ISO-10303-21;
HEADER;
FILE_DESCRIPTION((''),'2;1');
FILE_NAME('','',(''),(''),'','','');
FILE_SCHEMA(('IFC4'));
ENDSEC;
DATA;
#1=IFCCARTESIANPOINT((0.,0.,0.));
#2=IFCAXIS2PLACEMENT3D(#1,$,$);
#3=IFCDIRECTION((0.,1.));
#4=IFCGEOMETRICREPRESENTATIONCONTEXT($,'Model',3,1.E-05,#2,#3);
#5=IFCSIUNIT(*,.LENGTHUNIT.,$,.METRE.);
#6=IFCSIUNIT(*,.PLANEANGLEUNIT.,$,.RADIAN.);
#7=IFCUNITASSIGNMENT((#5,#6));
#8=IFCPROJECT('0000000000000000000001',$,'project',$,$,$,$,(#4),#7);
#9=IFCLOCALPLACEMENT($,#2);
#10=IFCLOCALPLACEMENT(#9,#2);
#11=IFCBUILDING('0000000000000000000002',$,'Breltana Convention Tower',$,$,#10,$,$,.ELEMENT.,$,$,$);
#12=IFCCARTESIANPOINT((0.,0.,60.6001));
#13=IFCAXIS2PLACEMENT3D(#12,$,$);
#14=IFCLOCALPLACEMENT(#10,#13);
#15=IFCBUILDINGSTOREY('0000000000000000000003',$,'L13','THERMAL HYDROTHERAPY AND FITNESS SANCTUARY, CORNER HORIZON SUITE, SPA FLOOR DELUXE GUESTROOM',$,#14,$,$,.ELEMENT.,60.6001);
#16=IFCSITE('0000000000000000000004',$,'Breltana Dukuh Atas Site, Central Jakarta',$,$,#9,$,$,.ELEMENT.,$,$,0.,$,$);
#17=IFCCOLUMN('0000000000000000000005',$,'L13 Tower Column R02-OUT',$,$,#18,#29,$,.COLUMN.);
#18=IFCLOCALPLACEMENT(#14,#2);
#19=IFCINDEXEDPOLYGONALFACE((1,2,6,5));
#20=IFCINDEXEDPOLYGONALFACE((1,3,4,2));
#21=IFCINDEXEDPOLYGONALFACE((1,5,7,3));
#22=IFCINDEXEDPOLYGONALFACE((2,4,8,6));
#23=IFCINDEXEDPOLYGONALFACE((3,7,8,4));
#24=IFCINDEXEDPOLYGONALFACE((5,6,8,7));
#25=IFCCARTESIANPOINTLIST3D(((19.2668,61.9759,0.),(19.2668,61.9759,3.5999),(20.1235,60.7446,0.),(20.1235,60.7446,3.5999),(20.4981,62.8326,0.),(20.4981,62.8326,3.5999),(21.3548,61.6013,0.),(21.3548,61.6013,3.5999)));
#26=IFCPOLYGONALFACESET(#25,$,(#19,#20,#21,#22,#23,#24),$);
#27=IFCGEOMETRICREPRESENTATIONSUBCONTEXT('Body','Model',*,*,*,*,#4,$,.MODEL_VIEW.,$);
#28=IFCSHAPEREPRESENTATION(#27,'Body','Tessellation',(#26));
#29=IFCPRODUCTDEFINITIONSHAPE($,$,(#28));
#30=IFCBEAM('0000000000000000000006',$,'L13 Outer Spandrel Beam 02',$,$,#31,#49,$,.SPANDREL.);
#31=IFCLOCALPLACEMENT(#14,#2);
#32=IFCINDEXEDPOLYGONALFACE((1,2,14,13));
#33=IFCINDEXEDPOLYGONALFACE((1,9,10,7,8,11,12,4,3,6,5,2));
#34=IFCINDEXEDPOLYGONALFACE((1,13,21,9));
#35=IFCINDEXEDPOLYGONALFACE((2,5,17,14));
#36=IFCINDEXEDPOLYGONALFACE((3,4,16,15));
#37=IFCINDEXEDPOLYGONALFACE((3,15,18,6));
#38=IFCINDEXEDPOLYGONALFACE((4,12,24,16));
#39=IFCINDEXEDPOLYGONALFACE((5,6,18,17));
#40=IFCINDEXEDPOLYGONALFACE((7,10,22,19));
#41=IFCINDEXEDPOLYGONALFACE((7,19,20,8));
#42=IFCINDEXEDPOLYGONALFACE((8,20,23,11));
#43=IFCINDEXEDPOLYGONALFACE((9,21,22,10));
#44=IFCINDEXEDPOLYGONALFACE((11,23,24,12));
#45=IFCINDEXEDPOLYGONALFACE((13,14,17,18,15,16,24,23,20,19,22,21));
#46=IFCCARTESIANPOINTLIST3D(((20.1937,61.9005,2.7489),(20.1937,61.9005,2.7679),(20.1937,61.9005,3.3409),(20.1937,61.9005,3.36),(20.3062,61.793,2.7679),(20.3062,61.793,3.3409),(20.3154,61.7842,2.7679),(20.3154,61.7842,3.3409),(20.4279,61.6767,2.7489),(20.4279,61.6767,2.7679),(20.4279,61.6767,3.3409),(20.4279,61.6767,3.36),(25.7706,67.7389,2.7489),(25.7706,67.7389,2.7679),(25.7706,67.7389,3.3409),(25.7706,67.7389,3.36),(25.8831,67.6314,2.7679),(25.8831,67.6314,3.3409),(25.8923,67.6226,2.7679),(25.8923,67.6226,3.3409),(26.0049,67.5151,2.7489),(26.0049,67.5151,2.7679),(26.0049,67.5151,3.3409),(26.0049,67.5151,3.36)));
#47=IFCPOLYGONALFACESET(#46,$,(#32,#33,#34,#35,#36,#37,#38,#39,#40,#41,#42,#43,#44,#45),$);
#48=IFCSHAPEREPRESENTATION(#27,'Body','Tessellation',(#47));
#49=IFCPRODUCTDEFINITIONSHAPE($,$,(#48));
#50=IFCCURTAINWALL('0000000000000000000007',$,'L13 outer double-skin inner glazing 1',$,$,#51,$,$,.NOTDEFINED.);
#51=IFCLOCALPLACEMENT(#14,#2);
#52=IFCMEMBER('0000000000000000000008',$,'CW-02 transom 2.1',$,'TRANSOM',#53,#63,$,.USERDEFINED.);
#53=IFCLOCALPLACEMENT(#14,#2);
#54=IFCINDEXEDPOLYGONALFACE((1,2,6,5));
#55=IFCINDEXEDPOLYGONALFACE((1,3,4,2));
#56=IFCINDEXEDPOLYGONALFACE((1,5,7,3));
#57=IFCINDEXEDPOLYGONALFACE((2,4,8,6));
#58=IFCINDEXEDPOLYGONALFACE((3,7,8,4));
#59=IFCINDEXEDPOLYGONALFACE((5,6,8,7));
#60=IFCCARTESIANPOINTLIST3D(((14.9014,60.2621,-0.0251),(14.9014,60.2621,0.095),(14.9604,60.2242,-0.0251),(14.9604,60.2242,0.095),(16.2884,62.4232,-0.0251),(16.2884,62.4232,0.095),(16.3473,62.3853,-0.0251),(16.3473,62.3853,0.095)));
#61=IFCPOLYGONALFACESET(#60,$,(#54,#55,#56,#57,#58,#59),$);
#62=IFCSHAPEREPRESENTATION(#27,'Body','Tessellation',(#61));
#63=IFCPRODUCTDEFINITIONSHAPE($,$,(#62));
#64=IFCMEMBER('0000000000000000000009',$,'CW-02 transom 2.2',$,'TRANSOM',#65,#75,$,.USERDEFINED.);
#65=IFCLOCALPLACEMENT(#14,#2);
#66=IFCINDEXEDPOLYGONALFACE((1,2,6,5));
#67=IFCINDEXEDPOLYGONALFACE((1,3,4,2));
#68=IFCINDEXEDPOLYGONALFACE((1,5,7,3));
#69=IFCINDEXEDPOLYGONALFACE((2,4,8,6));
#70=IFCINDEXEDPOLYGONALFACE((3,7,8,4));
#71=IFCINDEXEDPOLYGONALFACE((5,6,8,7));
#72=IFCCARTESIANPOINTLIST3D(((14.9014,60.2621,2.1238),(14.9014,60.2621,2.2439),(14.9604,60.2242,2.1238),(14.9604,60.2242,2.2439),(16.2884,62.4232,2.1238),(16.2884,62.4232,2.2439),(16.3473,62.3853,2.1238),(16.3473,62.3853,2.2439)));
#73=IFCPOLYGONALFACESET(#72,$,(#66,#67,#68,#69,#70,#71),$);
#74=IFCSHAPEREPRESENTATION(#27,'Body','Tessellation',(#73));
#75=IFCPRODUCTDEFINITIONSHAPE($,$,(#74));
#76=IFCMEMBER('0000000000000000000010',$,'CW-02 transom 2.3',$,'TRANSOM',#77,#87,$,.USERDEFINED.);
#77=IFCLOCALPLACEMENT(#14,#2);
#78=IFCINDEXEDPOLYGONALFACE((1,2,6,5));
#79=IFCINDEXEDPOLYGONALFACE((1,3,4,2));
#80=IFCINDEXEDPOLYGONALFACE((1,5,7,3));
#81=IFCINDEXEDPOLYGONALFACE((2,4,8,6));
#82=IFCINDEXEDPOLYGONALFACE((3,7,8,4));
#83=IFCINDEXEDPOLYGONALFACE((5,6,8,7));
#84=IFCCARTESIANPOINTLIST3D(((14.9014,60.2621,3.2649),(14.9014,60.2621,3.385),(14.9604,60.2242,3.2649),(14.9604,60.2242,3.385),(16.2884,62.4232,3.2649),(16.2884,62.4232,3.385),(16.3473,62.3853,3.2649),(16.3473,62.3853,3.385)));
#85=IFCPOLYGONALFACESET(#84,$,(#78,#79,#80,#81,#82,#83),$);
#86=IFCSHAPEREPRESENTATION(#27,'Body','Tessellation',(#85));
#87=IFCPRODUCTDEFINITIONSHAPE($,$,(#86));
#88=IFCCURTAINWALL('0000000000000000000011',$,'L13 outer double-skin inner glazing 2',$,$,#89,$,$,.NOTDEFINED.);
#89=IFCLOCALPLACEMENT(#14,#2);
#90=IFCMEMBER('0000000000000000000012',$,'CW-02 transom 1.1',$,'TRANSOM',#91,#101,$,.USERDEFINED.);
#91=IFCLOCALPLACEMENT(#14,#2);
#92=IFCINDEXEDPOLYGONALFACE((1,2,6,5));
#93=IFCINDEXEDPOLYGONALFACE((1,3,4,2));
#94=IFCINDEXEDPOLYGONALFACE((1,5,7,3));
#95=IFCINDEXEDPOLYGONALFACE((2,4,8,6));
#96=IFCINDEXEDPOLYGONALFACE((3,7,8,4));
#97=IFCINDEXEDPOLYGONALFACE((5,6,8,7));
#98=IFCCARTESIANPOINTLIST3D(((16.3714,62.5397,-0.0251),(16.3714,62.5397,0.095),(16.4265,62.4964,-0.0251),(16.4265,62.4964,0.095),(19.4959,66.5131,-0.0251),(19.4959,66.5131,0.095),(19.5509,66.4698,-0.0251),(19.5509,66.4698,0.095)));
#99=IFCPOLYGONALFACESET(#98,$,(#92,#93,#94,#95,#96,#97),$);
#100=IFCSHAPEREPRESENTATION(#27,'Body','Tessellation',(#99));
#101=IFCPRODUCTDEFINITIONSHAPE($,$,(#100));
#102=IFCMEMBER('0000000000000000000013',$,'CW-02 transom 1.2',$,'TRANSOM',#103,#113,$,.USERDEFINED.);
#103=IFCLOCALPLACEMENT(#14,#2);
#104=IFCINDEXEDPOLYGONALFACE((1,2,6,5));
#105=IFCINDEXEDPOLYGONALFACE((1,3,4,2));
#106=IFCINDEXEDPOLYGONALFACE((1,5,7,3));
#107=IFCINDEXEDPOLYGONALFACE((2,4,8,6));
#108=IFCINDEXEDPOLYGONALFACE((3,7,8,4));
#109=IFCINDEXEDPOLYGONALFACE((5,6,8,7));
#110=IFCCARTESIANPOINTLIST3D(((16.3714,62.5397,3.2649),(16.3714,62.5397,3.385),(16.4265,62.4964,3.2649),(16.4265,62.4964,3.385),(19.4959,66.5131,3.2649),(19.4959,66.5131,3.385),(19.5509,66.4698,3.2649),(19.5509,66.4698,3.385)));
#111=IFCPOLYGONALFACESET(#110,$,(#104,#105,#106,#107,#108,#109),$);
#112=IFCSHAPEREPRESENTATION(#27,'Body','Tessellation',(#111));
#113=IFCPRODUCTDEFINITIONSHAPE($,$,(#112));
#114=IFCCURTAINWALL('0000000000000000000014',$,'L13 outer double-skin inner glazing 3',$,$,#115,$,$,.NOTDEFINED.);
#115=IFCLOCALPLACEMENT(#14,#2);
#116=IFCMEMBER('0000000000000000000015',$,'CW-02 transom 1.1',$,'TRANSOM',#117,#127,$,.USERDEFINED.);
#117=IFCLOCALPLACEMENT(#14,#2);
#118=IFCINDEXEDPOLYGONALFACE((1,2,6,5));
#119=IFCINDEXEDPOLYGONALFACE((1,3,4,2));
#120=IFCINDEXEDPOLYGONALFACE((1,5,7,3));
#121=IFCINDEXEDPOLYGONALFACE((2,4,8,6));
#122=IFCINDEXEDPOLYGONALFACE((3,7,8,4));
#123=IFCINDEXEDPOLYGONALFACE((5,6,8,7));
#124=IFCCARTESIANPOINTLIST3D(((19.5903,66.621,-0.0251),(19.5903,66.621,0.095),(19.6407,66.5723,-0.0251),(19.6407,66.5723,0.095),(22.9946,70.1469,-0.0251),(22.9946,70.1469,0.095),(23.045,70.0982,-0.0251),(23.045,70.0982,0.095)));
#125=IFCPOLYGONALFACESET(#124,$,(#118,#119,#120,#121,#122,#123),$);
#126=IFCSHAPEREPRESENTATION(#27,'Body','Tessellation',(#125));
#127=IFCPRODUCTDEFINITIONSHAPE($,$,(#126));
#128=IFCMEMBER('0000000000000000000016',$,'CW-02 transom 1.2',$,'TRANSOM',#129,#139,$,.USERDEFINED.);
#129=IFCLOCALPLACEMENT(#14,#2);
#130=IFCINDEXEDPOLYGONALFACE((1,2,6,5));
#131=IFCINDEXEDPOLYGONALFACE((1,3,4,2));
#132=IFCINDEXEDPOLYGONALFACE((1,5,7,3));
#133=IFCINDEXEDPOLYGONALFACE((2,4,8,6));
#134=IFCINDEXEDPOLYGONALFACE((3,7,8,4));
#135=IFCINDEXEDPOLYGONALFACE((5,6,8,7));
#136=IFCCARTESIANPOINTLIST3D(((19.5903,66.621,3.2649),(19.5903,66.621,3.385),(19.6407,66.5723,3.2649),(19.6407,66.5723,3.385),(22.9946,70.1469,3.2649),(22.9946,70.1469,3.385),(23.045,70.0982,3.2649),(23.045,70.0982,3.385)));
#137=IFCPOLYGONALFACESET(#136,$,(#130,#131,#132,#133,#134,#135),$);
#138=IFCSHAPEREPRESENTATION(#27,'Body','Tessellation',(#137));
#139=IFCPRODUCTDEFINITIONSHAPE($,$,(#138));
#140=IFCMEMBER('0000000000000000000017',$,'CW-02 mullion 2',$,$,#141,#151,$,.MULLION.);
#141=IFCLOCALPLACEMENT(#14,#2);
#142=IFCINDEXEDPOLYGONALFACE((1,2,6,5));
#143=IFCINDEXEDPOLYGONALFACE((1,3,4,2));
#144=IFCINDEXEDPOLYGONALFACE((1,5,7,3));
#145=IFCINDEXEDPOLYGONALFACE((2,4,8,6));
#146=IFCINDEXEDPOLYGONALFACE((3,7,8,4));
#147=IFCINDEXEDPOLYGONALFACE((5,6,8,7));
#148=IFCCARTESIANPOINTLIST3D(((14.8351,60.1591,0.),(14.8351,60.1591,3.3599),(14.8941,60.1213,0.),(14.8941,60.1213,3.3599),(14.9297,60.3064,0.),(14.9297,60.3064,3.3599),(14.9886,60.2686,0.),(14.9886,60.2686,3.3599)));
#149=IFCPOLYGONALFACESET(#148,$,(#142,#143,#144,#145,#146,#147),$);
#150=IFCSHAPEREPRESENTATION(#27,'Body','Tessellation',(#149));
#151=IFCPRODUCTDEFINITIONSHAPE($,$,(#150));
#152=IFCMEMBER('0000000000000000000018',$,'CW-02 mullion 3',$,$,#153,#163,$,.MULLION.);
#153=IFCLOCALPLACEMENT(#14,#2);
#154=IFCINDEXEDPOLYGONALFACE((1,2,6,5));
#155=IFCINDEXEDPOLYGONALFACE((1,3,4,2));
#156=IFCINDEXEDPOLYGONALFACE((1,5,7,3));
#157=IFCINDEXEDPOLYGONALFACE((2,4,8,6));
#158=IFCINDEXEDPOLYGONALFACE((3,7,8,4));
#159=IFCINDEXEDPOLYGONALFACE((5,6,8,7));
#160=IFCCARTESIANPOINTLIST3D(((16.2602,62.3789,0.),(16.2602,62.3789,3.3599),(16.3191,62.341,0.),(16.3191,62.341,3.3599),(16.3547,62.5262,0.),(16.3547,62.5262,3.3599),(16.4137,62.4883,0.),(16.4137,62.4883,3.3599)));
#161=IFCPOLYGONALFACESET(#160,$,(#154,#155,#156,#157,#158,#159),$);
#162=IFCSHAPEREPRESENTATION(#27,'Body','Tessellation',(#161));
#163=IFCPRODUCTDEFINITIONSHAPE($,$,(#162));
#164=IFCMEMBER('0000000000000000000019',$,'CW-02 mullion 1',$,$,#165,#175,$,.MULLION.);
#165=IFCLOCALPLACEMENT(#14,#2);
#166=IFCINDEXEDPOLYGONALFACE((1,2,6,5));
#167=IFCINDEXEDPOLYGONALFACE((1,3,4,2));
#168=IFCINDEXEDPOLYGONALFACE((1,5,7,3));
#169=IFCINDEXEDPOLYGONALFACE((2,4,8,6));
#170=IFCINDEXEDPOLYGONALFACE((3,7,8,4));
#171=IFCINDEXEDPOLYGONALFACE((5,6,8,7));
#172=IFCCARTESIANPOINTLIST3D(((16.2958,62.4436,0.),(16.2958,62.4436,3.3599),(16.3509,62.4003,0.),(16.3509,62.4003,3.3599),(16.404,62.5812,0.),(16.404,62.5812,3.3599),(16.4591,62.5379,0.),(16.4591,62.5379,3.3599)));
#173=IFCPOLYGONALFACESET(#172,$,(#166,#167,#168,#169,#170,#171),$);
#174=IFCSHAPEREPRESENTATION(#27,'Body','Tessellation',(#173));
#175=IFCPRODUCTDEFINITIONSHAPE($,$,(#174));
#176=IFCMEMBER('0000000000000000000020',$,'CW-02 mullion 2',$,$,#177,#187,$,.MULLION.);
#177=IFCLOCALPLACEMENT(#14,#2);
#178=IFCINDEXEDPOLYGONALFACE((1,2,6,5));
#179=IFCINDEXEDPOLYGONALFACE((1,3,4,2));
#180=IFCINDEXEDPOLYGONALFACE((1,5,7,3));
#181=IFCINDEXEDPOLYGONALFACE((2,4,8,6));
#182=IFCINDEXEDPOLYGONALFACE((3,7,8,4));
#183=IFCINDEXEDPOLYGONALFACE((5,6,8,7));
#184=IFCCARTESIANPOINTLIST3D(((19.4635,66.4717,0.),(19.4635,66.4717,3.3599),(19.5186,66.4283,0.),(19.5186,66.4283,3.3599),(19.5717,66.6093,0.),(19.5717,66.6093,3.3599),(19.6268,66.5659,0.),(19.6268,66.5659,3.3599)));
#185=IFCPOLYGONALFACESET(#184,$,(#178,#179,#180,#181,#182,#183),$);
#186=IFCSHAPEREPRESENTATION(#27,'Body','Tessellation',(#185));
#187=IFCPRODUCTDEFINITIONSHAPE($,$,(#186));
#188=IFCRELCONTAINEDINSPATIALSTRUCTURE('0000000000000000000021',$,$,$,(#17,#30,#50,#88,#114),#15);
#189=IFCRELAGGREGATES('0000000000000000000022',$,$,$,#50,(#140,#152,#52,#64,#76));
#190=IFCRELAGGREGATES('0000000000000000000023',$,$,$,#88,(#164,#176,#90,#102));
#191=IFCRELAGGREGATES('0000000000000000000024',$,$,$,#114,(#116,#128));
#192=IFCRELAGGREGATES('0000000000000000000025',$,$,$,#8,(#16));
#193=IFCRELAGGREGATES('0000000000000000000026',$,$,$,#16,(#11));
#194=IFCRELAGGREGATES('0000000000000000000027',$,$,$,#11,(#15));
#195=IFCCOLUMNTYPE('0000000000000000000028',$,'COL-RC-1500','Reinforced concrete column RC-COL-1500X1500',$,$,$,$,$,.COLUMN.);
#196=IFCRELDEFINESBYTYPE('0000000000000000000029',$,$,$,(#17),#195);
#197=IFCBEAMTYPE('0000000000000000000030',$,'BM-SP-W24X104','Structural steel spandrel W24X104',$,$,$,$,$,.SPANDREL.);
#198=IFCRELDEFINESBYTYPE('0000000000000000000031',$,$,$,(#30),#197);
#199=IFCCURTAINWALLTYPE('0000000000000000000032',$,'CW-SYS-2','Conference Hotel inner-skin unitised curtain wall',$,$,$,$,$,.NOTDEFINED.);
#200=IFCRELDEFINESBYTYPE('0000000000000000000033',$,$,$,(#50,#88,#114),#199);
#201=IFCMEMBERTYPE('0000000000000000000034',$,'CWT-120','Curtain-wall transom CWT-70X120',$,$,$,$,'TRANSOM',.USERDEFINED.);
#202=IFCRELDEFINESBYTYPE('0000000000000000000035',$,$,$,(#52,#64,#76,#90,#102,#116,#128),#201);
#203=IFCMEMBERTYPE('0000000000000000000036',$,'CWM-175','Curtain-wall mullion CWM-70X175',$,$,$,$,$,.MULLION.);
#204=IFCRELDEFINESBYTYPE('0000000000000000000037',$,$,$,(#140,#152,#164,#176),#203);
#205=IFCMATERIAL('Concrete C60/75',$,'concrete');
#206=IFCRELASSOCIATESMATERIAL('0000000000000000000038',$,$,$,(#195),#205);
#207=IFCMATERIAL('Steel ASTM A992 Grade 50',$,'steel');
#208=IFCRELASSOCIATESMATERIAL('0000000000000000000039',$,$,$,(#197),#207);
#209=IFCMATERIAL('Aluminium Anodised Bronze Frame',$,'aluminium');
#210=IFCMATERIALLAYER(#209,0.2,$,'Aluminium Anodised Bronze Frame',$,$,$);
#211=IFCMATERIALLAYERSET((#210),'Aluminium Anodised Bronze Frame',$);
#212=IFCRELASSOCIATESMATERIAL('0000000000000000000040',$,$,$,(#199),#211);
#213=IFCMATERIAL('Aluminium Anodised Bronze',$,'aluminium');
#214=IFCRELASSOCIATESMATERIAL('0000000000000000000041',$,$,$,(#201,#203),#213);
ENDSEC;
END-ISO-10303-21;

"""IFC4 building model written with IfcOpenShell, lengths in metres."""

from ifc_helpers import new_model, si_unit, direction, frame, origin, origin_2d, place, context, subcontext, project, spatial, rectangle, i_section, extrude, source, transform, mapped, material, layer, layer_set, material_profile, profile_set, type_object, type_shapes, element, aggregate, save


model = new_model("IFC4")

# Units and contexts
model_context = context("Model", 3, precision=1e-05, world=origin(), true_north=direction((0.0, 1.0)))
body_context = subcontext(model_context, "Body", "Model", "MODEL_VIEW")
ifc_project = project(units=[si_unit("LENGTHUNIT", "METRE"), si_unit("PLANEANGLEUNIT", "RADIAN")], contexts=[model_context])

# Site, building, storey
site_placement = place(None, origin())
site = spatial("IfcSite", under=ifc_project, at=site_placement, Name="Breltana Dukuh Atas Site, Central Jakarta", CompositionType="ELEMENT", RefElevation=0.0)
building_placement = place(site_placement, origin())
building = spatial("IfcBuilding", under=site, at=building_placement, Name="Breltana Convention Tower", CompositionType="ELEMENT")
storey_placement = place(building_placement, frame((0.0, 0.0, 60.6001)))
storey = spatial("IfcBuildingStorey", under=building, at=storey_placement, Name="L13", Description="THERMAL HYDROTHERAPY AND FITNESS SANCTUARY, CORNER HORIZON SUITE, SPA FLOOR DELUXE GUESTROOM", CompositionType="ELEMENT", Elevation=60.6001)

# Column
ifc_material_1 = material(Name="Concrete C60/75", Category="concrete")
ifc_material_profile_1 = material_profile(ifc_material_1, rectangle(XDim=1.5, YDim=1.5, at=origin_2d()), Name="RC-COL-1500X1500")
ifc_profile_set_1 = profile_set([ifc_material_profile_1], Name="Concrete C60/75")
column_type = type_object("IfcColumnType", Name="COL-RC-1500", Description="Reinforced concrete column RC-COL-1500X1500", PredefinedType="COLUMN", material=ifc_profile_set_1)
shared_shape_1 = source(origin(), body_context, "Body", "SweptSolid", [
    extrude(rectangle(XDim=1.5, YDim=1.5, at=origin_2d()), origin(), (0.0, 0.0, 1.0), 3.5999),
])
column_placement = place(storey_placement, frame((20.3108, 61.7886, 0.0), z_axis=(0.0, 0.0, 1.0), x_axis=(-0.571143, 0.82085, 0.0)))
element("IfcColumn", 1, at=column_placement, inside=storey, type_object=column_type, Name="L13 Tower Column R02-OUT", PredefinedType="COLUMN", context=body_context, shape_type="MappedRepresentation", body=[
    mapped(shared_shape_1, transform((0.0, 0.0, 0.0), scale=1.0)),
])

# Beam
ifc_material_2 = material(Name="Steel ASTM A992 Grade 50", Category="steel")
ifc_material_profile_2 = material_profile(ifc_material_2, i_section(OverallWidth=0.324, OverallDepth=0.6111, WebThickness=0.0127, FlangeThickness=0.019, at=origin_2d()), Name="W24X104")
ifc_profile_set_2 = profile_set([ifc_material_profile_2], Name="Steel ASTM A992 Grade 50")
beam_type = type_object("IfcBeamType", Name="BM-SP-W24X104", Description="Structural steel spandrel W24X104", PredefinedType="SPANDREL", material=ifc_profile_set_2)
shared_shape_2 = source(origin(), body_context, "Body", "SweptSolid", [
    extrude(i_section(OverallWidth=0.324, OverallDepth=0.6111, WebThickness=0.0127, FlangeThickness=0.019, at=origin_2d()), origin(), (0.0, 0.0, 1.0), 8.074),
])
beam_placement = place(storey_placement, frame((20.3108, 61.7886, 3.0544), z_axis=(0.690729, 0.723114, 0.0), x_axis=(-0.723114, 0.690729, 0.0)))
element("IfcBeam", 2, at=beam_placement, inside=storey, type_object=beam_type, Name="L13 Outer Spandrel Beam 02", PredefinedType="SPANDREL", context=body_context, shape_type="MappedRepresentation", body=[
    mapped(shared_shape_2, transform((0.0, 0.0, 0.0), scale=1.0)),
])

# Curtain walls, members
ifc_material_3 = material(Name="Aluminium Anodised Bronze Frame", Category="aluminium")
ifc_layer_1 = layer(ifc_material_3, 0.2, Name="Aluminium Anodised Bronze Frame")
ifc_layer_set_1 = layer_set([ifc_layer_1], Name="Aluminium Anodised Bronze Frame")
curtain_wall_type = type_object("IfcCurtainWallType", Name="CW-SYS-2", Description="Conference Hotel inner-skin unitised curtain wall", PredefinedType="NOTDEFINED", material=ifc_layer_set_1)
curtain_wall_1_placement = place(storey_placement, origin())
curtain_wall_1 = element("IfcCurtainWall", 3, at=curtain_wall_1_placement, inside=storey, type_object=curtain_wall_type, Name="L13 outer double-skin inner glazing 1", PredefinedType="NOTDEFINED")
ifc_material_4 = material(Name="Aluminium Anodised Bronze", Category="aluminium")
ifc_material_profile_3 = material_profile(ifc_material_4, rectangle(XDim=0.0701, YDim=0.1201, at=origin_2d()), Name="CWT-70X120")
ifc_profile_set_3 = profile_set([ifc_material_profile_3], Name="Aluminium Anodised Bronze")
member_type_1 = type_object("IfcMemberType", Name="CWT-120", Description="Curtain-wall transom CWT-70X120", ElementType="TRANSOM", PredefinedType="USERDEFINED", material=ifc_profile_set_3)
shared_shape_3 = source(origin(), body_context, "Body", "SweptSolid", [
    extrude(rectangle(XDim=0.0701, YDim=0.1201, at=origin_2d()), origin(), (0.0, 0.0, 1.0), 2.5679),
])
type_shapes(member_type_1, [shared_shape_3])
member_1_placement = place(storey_placement, frame((14.9309, 60.2432, 0.0349), z_axis=(0.540114, 0.841592, 0.0), x_axis=(-0.841592, 0.540114, 0.0)))
member_1 = element("IfcMember", 4, at=member_1_placement, type_object=member_type_1, Name="CW-02 transom 2.1", ObjectType="TRANSOM", PredefinedType="USERDEFINED", context=body_context, shape_type="MappedRepresentation", body=[
    mapped(shared_shape_3, transform((0.0, 0.0, 0.0), scale=1.0)),
])
member_2_placement = place(storey_placement, frame((14.9309, 60.2432, 2.1838), z_axis=(0.540114, 0.841592, 0.0), x_axis=(-0.841592, 0.540114, 0.0)))
member_2 = element("IfcMember", 5, at=member_2_placement, type_object=member_type_1, Name="CW-02 transom 2.2", ObjectType="TRANSOM", PredefinedType="USERDEFINED", context=body_context, shape_type="MappedRepresentation", body=[
    mapped(shared_shape_3, transform((0.0, 0.0, 0.0), scale=1.0)),
])
member_3_placement = place(storey_placement, frame((14.9309, 60.2432, 3.325), z_axis=(0.540114, 0.841592, 0.0), x_axis=(-0.841592, 0.540114, 0.0)))
member_3 = element("IfcMember", 6, at=member_3_placement, type_object=member_type_1, Name="CW-02 transom 2.3", ObjectType="TRANSOM", PredefinedType="USERDEFINED", context=body_context, shape_type="MappedRepresentation", body=[
    mapped(shared_shape_3, transform((0.0, 0.0, 0.0), scale=1.0)),
])
curtain_wall_2_placement = place(storey_placement, origin())
curtain_wall_2 = element("IfcCurtainWall", 7, at=curtain_wall_2_placement, inside=storey, type_object=curtain_wall_type, Name="L13 outer double-skin inner glazing 2", PredefinedType="NOTDEFINED")
shared_shape_4 = source(origin(), body_context, "Body", "SweptSolid", [
    extrude(rectangle(XDim=0.0701, YDim=0.1201, at=origin_2d()), origin(), (0.0, 0.0, 1.0), 5.0547),
])
member_4_placement = place(storey_placement, frame((16.3989, 62.5181, 0.0349), z_axis=(0.618135, 0.786072, 0.0), x_axis=(-0.786072, 0.618135, 0.0)))
member_4 = element("IfcMember", 8, at=member_4_placement, type_object=member_type_1, Name="CW-02 transom 1.1", ObjectType="TRANSOM", PredefinedType="USERDEFINED", context=body_context, shape_type="MappedRepresentation", body=[
    mapped(shared_shape_4, transform((0.0, 0.0, 0.0), scale=1.0)),
])
member_5_placement = place(storey_placement, frame((16.3989, 62.5181, 3.325), z_axis=(0.618135, 0.786072, 0.0), x_axis=(-0.786072, 0.618135, 0.0)))
member_5 = element("IfcMember", 9, at=member_5_placement, type_object=member_type_1, Name="CW-02 transom 1.2", ObjectType="TRANSOM", PredefinedType="USERDEFINED", context=body_context, shape_type="MappedRepresentation", body=[
    mapped(shared_shape_4, transform((0.0, 0.0, 0.0), scale=1.0)),
])
curtain_wall_3_placement = place(storey_placement, origin())
curtain_wall_3 = element("IfcCurtainWall", 10, at=curtain_wall_3_placement, inside=storey, type_object=curtain_wall_type, Name="L13 outer double-skin inner glazing 3", PredefinedType="NOTDEFINED")
shared_shape_5 = source(origin(), body_context, "Body", "SweptSolid", [
    extrude(rectangle(XDim=0.0701, YDim=0.1201, at=origin_2d()), origin(), (0.0, 0.0, 1.0), 4.9011),
])
member_6_placement = place(storey_placement, frame((19.6155, 66.5967, 0.0349), z_axis=(0.694595, 0.719401, 0.0), x_axis=(-0.719401, 0.694595, 0.0)))
member_6 = element("IfcMember", 11, at=member_6_placement, type_object=member_type_1, Name="CW-02 transom 1.1", ObjectType="TRANSOM", PredefinedType="USERDEFINED", context=body_context, shape_type="MappedRepresentation", body=[
    mapped(shared_shape_5, transform((0.0, 0.0, 0.0), scale=1.0)),
])
member_7_placement = place(storey_placement, frame((19.6155, 66.5967, 3.325), z_axis=(0.694595, 0.719401, 0.0), x_axis=(-0.719401, 0.694595, 0.0)))
member_7 = element("IfcMember", 12, at=member_7_placement, type_object=member_type_1, Name="CW-02 transom 1.2", ObjectType="TRANSOM", PredefinedType="USERDEFINED", context=body_context, shape_type="MappedRepresentation", body=[
    mapped(shared_shape_5, transform((0.0, 0.0, 0.0), scale=1.0)),
])

# Members
ifc_material_profile_4 = material_profile(ifc_material_4, rectangle(XDim=0.0701, YDim=0.175, at=origin_2d()), Name="CWM-70X175")
ifc_profile_set_4 = profile_set([ifc_material_profile_4], Name="Aluminium Anodised Bronze")
member_type_2 = type_object("IfcMemberType", Name="CWM-175", Description="Curtain-wall mullion CWM-70X175", PredefinedType="MULLION", material=ifc_profile_set_4)
shared_shape_6 = source(origin(), body_context, "Body", "SweptSolid", [
    extrude(rectangle(XDim=0.0701, YDim=0.175, at=origin_2d()), origin(), (0.0, 0.0, 1.0), 3.3599),
])
member_8_placement = place(storey_placement, frame((14.9119, 60.2139, 0.0), z_axis=(0.0, 0.0, 1.0), x_axis=(-0.841549, 0.540181, 0.0)))
member_8 = element("IfcMember", 13, at=member_8_placement, type_object=member_type_2, Name="CW-02 mullion 2", PredefinedType="MULLION", context=body_context, shape_type="MappedRepresentation", body=[
    mapped(shared_shape_6, transform((0.0, 0.0, 0.0), scale=1.0)),
])
member_9_placement = place(storey_placement, frame((16.3369, 62.4336, 0.0), z_axis=(0.0, 0.0, 1.0), x_axis=(-0.841549, 0.540181, 0.0)))
member_9 = element("IfcMember", 14, at=member_9_placement, type_object=member_type_2, Name="CW-02 mullion 3", PredefinedType="MULLION", context=body_context, shape_type="MappedRepresentation", body=[
    mapped(shared_shape_6, transform((0.0, 0.0, 0.0), scale=1.0)),
])
member_10_placement = place(storey_placement, frame((16.3774, 62.4907, 0.0), z_axis=(0.0, 0.0, 1.0), x_axis=(-0.786057, 0.618154, 0.0)))
member_10 = element("IfcMember", 15, at=member_10_placement, type_object=member_type_2, Name="CW-02 mullion 1", PredefinedType="MULLION", context=body_context, shape_type="MappedRepresentation", body=[
    mapped(shared_shape_6, transform((0.0, 0.0, 0.0), scale=1.0)),
])
member_11_placement = place(storey_placement, frame((19.5452, 66.5188, 0.0), z_axis=(0.0, 0.0, 1.0), x_axis=(-0.786057, 0.618154, 0.0)))
member_11 = element("IfcMember", 16, at=member_11_placement, type_object=member_type_2, Name="CW-02 mullion 2", PredefinedType="MULLION", context=body_context, shape_type="MappedRepresentation", body=[
    mapped(shared_shape_6, transform((0.0, 0.0, 0.0), scale=1.0)),
])

aggregate(curtain_wall_1, [member_8, member_9, member_1, member_2, member_3])
aggregate(curtain_wall_2, [member_10, member_11, member_4, member_5])
aggregate(curtain_wall_3, [member_6, member_7])

save(model, "model.ifc")
